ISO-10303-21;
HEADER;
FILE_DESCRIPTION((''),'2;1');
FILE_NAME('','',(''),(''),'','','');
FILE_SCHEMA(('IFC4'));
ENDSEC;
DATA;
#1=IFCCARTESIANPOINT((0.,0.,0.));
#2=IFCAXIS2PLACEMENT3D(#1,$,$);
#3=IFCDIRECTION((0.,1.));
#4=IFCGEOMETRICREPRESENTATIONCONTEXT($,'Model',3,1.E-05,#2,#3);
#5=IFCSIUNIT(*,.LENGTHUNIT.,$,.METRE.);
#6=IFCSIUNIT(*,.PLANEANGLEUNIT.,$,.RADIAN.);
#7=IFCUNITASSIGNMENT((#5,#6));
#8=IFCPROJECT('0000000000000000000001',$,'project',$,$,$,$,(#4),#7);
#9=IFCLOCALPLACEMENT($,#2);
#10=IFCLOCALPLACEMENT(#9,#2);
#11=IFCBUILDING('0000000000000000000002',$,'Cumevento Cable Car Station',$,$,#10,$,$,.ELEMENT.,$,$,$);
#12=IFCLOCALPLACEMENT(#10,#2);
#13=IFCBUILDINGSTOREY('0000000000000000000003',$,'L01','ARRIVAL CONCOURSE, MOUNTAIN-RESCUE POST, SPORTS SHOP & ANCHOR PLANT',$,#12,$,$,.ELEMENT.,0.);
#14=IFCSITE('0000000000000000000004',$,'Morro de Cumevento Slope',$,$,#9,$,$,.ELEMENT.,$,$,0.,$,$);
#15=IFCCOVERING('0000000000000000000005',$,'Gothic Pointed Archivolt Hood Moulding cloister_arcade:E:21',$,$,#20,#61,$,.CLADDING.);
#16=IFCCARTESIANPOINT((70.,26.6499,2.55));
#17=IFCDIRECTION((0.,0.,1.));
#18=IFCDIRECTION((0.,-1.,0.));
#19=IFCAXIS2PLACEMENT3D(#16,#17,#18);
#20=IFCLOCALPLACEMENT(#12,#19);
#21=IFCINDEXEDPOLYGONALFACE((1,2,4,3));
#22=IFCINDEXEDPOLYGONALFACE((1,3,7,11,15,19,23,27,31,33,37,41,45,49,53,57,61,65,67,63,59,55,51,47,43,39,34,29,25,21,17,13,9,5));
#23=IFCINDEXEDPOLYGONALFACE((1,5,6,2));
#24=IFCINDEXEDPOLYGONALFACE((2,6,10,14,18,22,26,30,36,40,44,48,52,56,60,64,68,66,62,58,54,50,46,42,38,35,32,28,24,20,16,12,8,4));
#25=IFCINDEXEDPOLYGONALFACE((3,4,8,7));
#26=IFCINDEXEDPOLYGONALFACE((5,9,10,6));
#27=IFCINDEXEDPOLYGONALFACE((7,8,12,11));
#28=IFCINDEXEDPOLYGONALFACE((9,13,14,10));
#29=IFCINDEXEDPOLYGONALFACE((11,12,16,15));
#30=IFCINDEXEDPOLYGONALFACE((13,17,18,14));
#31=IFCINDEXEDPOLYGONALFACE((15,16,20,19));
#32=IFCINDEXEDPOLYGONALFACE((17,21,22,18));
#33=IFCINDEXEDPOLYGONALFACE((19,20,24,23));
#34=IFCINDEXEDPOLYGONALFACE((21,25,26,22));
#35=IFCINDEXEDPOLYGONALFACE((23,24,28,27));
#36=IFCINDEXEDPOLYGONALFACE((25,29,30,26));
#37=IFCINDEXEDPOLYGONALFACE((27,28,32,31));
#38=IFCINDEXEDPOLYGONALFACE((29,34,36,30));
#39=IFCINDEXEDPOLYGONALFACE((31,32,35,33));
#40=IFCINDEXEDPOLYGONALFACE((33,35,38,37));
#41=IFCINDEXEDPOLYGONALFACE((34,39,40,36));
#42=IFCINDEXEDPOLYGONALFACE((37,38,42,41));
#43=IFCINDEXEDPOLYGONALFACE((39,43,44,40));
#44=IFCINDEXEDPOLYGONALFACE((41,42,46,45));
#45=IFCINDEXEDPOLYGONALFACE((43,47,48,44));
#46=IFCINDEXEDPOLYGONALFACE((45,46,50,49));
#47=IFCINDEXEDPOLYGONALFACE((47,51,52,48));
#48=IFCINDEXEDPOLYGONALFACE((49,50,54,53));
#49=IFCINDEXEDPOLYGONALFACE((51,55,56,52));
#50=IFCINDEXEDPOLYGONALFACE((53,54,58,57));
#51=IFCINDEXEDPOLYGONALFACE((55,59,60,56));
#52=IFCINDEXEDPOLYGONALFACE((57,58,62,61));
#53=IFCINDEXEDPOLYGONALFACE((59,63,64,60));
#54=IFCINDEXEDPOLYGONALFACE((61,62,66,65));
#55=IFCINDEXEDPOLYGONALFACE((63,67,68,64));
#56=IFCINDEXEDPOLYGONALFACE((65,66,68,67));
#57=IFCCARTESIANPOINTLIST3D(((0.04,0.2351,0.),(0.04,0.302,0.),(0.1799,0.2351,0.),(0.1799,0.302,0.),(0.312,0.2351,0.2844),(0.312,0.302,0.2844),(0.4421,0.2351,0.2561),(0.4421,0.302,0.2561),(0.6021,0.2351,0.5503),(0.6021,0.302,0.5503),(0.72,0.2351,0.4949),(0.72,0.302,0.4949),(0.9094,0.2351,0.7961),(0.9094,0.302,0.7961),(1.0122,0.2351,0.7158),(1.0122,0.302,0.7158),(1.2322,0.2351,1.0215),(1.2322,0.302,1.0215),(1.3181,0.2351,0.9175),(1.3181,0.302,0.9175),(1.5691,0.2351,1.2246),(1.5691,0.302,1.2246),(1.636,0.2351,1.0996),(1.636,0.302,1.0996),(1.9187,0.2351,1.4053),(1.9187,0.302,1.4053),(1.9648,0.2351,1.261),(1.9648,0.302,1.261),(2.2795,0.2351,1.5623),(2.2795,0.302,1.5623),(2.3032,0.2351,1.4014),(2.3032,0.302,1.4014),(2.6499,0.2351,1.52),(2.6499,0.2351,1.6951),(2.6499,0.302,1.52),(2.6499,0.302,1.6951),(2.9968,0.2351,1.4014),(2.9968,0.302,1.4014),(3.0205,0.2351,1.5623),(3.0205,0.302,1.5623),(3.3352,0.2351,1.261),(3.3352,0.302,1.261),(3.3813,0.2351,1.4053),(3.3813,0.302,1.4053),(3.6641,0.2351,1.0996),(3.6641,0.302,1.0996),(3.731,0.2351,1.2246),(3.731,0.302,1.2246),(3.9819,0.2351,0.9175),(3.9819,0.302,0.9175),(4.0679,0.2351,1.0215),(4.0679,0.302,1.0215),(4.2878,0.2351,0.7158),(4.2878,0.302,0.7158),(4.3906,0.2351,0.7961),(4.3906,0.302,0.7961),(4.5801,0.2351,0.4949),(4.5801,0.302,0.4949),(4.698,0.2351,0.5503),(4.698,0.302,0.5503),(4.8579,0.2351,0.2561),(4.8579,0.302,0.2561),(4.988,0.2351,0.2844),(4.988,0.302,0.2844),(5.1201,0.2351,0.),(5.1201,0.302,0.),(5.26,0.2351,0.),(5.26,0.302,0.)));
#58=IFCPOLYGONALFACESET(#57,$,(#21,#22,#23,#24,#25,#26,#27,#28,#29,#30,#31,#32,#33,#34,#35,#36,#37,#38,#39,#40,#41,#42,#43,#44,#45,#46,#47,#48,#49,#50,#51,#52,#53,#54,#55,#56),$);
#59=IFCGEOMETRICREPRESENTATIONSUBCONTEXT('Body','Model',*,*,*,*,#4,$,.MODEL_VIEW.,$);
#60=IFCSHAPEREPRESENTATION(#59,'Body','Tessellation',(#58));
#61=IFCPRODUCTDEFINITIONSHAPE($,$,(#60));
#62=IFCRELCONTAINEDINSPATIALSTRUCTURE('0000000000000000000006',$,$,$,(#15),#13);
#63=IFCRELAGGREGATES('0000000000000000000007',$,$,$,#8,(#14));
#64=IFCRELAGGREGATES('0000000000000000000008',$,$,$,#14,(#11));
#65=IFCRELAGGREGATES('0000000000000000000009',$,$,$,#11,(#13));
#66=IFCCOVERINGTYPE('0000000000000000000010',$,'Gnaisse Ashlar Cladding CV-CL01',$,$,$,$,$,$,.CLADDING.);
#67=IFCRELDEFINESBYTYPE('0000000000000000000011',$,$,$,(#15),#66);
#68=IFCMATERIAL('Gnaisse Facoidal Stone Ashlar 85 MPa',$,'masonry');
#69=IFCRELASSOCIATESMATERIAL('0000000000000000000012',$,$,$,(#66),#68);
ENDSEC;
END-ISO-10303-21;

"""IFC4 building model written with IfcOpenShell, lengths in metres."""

from ifc_helpers import new_model, si_unit, direction, frame, origin, place, context, subcontext, project, spatial, polyline, outline, extrude, material, type_object, element, save


model = new_model("IFC4")

# Units and contexts
model_context = context("Model", 3, precision=1e-05, world=origin(), true_north=direction((0.0, 1.0)))
body_context = subcontext(model_context, "Body", "Model", "MODEL_VIEW")
ifc_project = project(units=[si_unit("LENGTHUNIT", "METRE"), si_unit("PLANEANGLEUNIT", "RADIAN")], contexts=[model_context])

# Site, building, storey
site_placement = place(None, origin())
site = spatial("IfcSite", under=ifc_project, at=site_placement, Name="Morro de Cumevento Slope", CompositionType="ELEMENT", RefElevation=0.0)
building_placement = place(site_placement, origin())
building = spatial("IfcBuilding", under=site, at=building_placement, Name="Cumevento Cable Car Station", CompositionType="ELEMENT")
storey_placement = place(building_placement, origin())
storey = spatial("IfcBuildingStorey", under=building, at=storey_placement, Name="L01", Description="ARRIVAL CONCOURSE, MOUNTAIN-RESCUE POST, SPORTS SHOP & ANCHOR PLANT", CompositionType="ELEMENT", Elevation=0.0)

# Covering
ifc_material_1 = material(Name="Gnaisse Facoidal Stone Ashlar 85 MPa", Category="masonry")
covering_type = type_object("IfcCoveringType", Name="Gnaisse Ashlar Cladding CV-CL01", PredefinedType="CLADDING", material=ifc_material_1)
covering_1_placement = place(storey_placement, frame((70.0, 26.6499, 2.55), z_axis=(0.0, 0.0, 1.0), x_axis=(0.0, -1.0, 0.0)))
element("IfcCovering", 1, at=covering_1_placement, inside=storey, type_object=covering_type, Name="Gothic Pointed Archivolt Hood Moulding cloister_arcade:E:21", PredefinedType="CLADDING", context=body_context, shape_type="SweptSolid", body=[
    extrude(outline(polyline([(0.1799, 0.0), (0.4421, 0.2561), (0.72, 0.4949), (1.0122, 0.7158), (1.3181, 0.9175), (1.636, 1.0996), (1.9648, 1.261), (2.3032, 1.4014), (2.6499, 1.52), (2.9968, 1.4014), (3.3352, 1.261), (3.6641, 1.0996), (3.9819, 0.9175), (4.2878, 0.7158), (4.5801, 0.4949), (4.8579, 0.2561), (5.1201, 0.0), (5.26, 0.0), (4.988, 0.2844), (4.698, 0.5503), (4.3906, 0.7961), (4.0679, 1.0215), (3.731, 1.2246), (3.3813, 1.4053), (3.0205, 1.5623), (2.6499, 1.6951), (2.2795, 1.5623), (1.9187, 1.4053), (1.5691, 1.2246), (1.2322, 1.0215), (0.9094, 0.7961), (0.6021, 0.5503), (0.312, 0.2844), (0.04, 0.0), (0.1799, 0.0)])), frame((0.0, 0.302, 0.0), z_axis=(0.0, -1.0, 0.0), x_axis=(1.0, 0.0, 0.0)), (0.0, 0.0, 1.0), 0.0669),
])

save(model, "model.ifc")
